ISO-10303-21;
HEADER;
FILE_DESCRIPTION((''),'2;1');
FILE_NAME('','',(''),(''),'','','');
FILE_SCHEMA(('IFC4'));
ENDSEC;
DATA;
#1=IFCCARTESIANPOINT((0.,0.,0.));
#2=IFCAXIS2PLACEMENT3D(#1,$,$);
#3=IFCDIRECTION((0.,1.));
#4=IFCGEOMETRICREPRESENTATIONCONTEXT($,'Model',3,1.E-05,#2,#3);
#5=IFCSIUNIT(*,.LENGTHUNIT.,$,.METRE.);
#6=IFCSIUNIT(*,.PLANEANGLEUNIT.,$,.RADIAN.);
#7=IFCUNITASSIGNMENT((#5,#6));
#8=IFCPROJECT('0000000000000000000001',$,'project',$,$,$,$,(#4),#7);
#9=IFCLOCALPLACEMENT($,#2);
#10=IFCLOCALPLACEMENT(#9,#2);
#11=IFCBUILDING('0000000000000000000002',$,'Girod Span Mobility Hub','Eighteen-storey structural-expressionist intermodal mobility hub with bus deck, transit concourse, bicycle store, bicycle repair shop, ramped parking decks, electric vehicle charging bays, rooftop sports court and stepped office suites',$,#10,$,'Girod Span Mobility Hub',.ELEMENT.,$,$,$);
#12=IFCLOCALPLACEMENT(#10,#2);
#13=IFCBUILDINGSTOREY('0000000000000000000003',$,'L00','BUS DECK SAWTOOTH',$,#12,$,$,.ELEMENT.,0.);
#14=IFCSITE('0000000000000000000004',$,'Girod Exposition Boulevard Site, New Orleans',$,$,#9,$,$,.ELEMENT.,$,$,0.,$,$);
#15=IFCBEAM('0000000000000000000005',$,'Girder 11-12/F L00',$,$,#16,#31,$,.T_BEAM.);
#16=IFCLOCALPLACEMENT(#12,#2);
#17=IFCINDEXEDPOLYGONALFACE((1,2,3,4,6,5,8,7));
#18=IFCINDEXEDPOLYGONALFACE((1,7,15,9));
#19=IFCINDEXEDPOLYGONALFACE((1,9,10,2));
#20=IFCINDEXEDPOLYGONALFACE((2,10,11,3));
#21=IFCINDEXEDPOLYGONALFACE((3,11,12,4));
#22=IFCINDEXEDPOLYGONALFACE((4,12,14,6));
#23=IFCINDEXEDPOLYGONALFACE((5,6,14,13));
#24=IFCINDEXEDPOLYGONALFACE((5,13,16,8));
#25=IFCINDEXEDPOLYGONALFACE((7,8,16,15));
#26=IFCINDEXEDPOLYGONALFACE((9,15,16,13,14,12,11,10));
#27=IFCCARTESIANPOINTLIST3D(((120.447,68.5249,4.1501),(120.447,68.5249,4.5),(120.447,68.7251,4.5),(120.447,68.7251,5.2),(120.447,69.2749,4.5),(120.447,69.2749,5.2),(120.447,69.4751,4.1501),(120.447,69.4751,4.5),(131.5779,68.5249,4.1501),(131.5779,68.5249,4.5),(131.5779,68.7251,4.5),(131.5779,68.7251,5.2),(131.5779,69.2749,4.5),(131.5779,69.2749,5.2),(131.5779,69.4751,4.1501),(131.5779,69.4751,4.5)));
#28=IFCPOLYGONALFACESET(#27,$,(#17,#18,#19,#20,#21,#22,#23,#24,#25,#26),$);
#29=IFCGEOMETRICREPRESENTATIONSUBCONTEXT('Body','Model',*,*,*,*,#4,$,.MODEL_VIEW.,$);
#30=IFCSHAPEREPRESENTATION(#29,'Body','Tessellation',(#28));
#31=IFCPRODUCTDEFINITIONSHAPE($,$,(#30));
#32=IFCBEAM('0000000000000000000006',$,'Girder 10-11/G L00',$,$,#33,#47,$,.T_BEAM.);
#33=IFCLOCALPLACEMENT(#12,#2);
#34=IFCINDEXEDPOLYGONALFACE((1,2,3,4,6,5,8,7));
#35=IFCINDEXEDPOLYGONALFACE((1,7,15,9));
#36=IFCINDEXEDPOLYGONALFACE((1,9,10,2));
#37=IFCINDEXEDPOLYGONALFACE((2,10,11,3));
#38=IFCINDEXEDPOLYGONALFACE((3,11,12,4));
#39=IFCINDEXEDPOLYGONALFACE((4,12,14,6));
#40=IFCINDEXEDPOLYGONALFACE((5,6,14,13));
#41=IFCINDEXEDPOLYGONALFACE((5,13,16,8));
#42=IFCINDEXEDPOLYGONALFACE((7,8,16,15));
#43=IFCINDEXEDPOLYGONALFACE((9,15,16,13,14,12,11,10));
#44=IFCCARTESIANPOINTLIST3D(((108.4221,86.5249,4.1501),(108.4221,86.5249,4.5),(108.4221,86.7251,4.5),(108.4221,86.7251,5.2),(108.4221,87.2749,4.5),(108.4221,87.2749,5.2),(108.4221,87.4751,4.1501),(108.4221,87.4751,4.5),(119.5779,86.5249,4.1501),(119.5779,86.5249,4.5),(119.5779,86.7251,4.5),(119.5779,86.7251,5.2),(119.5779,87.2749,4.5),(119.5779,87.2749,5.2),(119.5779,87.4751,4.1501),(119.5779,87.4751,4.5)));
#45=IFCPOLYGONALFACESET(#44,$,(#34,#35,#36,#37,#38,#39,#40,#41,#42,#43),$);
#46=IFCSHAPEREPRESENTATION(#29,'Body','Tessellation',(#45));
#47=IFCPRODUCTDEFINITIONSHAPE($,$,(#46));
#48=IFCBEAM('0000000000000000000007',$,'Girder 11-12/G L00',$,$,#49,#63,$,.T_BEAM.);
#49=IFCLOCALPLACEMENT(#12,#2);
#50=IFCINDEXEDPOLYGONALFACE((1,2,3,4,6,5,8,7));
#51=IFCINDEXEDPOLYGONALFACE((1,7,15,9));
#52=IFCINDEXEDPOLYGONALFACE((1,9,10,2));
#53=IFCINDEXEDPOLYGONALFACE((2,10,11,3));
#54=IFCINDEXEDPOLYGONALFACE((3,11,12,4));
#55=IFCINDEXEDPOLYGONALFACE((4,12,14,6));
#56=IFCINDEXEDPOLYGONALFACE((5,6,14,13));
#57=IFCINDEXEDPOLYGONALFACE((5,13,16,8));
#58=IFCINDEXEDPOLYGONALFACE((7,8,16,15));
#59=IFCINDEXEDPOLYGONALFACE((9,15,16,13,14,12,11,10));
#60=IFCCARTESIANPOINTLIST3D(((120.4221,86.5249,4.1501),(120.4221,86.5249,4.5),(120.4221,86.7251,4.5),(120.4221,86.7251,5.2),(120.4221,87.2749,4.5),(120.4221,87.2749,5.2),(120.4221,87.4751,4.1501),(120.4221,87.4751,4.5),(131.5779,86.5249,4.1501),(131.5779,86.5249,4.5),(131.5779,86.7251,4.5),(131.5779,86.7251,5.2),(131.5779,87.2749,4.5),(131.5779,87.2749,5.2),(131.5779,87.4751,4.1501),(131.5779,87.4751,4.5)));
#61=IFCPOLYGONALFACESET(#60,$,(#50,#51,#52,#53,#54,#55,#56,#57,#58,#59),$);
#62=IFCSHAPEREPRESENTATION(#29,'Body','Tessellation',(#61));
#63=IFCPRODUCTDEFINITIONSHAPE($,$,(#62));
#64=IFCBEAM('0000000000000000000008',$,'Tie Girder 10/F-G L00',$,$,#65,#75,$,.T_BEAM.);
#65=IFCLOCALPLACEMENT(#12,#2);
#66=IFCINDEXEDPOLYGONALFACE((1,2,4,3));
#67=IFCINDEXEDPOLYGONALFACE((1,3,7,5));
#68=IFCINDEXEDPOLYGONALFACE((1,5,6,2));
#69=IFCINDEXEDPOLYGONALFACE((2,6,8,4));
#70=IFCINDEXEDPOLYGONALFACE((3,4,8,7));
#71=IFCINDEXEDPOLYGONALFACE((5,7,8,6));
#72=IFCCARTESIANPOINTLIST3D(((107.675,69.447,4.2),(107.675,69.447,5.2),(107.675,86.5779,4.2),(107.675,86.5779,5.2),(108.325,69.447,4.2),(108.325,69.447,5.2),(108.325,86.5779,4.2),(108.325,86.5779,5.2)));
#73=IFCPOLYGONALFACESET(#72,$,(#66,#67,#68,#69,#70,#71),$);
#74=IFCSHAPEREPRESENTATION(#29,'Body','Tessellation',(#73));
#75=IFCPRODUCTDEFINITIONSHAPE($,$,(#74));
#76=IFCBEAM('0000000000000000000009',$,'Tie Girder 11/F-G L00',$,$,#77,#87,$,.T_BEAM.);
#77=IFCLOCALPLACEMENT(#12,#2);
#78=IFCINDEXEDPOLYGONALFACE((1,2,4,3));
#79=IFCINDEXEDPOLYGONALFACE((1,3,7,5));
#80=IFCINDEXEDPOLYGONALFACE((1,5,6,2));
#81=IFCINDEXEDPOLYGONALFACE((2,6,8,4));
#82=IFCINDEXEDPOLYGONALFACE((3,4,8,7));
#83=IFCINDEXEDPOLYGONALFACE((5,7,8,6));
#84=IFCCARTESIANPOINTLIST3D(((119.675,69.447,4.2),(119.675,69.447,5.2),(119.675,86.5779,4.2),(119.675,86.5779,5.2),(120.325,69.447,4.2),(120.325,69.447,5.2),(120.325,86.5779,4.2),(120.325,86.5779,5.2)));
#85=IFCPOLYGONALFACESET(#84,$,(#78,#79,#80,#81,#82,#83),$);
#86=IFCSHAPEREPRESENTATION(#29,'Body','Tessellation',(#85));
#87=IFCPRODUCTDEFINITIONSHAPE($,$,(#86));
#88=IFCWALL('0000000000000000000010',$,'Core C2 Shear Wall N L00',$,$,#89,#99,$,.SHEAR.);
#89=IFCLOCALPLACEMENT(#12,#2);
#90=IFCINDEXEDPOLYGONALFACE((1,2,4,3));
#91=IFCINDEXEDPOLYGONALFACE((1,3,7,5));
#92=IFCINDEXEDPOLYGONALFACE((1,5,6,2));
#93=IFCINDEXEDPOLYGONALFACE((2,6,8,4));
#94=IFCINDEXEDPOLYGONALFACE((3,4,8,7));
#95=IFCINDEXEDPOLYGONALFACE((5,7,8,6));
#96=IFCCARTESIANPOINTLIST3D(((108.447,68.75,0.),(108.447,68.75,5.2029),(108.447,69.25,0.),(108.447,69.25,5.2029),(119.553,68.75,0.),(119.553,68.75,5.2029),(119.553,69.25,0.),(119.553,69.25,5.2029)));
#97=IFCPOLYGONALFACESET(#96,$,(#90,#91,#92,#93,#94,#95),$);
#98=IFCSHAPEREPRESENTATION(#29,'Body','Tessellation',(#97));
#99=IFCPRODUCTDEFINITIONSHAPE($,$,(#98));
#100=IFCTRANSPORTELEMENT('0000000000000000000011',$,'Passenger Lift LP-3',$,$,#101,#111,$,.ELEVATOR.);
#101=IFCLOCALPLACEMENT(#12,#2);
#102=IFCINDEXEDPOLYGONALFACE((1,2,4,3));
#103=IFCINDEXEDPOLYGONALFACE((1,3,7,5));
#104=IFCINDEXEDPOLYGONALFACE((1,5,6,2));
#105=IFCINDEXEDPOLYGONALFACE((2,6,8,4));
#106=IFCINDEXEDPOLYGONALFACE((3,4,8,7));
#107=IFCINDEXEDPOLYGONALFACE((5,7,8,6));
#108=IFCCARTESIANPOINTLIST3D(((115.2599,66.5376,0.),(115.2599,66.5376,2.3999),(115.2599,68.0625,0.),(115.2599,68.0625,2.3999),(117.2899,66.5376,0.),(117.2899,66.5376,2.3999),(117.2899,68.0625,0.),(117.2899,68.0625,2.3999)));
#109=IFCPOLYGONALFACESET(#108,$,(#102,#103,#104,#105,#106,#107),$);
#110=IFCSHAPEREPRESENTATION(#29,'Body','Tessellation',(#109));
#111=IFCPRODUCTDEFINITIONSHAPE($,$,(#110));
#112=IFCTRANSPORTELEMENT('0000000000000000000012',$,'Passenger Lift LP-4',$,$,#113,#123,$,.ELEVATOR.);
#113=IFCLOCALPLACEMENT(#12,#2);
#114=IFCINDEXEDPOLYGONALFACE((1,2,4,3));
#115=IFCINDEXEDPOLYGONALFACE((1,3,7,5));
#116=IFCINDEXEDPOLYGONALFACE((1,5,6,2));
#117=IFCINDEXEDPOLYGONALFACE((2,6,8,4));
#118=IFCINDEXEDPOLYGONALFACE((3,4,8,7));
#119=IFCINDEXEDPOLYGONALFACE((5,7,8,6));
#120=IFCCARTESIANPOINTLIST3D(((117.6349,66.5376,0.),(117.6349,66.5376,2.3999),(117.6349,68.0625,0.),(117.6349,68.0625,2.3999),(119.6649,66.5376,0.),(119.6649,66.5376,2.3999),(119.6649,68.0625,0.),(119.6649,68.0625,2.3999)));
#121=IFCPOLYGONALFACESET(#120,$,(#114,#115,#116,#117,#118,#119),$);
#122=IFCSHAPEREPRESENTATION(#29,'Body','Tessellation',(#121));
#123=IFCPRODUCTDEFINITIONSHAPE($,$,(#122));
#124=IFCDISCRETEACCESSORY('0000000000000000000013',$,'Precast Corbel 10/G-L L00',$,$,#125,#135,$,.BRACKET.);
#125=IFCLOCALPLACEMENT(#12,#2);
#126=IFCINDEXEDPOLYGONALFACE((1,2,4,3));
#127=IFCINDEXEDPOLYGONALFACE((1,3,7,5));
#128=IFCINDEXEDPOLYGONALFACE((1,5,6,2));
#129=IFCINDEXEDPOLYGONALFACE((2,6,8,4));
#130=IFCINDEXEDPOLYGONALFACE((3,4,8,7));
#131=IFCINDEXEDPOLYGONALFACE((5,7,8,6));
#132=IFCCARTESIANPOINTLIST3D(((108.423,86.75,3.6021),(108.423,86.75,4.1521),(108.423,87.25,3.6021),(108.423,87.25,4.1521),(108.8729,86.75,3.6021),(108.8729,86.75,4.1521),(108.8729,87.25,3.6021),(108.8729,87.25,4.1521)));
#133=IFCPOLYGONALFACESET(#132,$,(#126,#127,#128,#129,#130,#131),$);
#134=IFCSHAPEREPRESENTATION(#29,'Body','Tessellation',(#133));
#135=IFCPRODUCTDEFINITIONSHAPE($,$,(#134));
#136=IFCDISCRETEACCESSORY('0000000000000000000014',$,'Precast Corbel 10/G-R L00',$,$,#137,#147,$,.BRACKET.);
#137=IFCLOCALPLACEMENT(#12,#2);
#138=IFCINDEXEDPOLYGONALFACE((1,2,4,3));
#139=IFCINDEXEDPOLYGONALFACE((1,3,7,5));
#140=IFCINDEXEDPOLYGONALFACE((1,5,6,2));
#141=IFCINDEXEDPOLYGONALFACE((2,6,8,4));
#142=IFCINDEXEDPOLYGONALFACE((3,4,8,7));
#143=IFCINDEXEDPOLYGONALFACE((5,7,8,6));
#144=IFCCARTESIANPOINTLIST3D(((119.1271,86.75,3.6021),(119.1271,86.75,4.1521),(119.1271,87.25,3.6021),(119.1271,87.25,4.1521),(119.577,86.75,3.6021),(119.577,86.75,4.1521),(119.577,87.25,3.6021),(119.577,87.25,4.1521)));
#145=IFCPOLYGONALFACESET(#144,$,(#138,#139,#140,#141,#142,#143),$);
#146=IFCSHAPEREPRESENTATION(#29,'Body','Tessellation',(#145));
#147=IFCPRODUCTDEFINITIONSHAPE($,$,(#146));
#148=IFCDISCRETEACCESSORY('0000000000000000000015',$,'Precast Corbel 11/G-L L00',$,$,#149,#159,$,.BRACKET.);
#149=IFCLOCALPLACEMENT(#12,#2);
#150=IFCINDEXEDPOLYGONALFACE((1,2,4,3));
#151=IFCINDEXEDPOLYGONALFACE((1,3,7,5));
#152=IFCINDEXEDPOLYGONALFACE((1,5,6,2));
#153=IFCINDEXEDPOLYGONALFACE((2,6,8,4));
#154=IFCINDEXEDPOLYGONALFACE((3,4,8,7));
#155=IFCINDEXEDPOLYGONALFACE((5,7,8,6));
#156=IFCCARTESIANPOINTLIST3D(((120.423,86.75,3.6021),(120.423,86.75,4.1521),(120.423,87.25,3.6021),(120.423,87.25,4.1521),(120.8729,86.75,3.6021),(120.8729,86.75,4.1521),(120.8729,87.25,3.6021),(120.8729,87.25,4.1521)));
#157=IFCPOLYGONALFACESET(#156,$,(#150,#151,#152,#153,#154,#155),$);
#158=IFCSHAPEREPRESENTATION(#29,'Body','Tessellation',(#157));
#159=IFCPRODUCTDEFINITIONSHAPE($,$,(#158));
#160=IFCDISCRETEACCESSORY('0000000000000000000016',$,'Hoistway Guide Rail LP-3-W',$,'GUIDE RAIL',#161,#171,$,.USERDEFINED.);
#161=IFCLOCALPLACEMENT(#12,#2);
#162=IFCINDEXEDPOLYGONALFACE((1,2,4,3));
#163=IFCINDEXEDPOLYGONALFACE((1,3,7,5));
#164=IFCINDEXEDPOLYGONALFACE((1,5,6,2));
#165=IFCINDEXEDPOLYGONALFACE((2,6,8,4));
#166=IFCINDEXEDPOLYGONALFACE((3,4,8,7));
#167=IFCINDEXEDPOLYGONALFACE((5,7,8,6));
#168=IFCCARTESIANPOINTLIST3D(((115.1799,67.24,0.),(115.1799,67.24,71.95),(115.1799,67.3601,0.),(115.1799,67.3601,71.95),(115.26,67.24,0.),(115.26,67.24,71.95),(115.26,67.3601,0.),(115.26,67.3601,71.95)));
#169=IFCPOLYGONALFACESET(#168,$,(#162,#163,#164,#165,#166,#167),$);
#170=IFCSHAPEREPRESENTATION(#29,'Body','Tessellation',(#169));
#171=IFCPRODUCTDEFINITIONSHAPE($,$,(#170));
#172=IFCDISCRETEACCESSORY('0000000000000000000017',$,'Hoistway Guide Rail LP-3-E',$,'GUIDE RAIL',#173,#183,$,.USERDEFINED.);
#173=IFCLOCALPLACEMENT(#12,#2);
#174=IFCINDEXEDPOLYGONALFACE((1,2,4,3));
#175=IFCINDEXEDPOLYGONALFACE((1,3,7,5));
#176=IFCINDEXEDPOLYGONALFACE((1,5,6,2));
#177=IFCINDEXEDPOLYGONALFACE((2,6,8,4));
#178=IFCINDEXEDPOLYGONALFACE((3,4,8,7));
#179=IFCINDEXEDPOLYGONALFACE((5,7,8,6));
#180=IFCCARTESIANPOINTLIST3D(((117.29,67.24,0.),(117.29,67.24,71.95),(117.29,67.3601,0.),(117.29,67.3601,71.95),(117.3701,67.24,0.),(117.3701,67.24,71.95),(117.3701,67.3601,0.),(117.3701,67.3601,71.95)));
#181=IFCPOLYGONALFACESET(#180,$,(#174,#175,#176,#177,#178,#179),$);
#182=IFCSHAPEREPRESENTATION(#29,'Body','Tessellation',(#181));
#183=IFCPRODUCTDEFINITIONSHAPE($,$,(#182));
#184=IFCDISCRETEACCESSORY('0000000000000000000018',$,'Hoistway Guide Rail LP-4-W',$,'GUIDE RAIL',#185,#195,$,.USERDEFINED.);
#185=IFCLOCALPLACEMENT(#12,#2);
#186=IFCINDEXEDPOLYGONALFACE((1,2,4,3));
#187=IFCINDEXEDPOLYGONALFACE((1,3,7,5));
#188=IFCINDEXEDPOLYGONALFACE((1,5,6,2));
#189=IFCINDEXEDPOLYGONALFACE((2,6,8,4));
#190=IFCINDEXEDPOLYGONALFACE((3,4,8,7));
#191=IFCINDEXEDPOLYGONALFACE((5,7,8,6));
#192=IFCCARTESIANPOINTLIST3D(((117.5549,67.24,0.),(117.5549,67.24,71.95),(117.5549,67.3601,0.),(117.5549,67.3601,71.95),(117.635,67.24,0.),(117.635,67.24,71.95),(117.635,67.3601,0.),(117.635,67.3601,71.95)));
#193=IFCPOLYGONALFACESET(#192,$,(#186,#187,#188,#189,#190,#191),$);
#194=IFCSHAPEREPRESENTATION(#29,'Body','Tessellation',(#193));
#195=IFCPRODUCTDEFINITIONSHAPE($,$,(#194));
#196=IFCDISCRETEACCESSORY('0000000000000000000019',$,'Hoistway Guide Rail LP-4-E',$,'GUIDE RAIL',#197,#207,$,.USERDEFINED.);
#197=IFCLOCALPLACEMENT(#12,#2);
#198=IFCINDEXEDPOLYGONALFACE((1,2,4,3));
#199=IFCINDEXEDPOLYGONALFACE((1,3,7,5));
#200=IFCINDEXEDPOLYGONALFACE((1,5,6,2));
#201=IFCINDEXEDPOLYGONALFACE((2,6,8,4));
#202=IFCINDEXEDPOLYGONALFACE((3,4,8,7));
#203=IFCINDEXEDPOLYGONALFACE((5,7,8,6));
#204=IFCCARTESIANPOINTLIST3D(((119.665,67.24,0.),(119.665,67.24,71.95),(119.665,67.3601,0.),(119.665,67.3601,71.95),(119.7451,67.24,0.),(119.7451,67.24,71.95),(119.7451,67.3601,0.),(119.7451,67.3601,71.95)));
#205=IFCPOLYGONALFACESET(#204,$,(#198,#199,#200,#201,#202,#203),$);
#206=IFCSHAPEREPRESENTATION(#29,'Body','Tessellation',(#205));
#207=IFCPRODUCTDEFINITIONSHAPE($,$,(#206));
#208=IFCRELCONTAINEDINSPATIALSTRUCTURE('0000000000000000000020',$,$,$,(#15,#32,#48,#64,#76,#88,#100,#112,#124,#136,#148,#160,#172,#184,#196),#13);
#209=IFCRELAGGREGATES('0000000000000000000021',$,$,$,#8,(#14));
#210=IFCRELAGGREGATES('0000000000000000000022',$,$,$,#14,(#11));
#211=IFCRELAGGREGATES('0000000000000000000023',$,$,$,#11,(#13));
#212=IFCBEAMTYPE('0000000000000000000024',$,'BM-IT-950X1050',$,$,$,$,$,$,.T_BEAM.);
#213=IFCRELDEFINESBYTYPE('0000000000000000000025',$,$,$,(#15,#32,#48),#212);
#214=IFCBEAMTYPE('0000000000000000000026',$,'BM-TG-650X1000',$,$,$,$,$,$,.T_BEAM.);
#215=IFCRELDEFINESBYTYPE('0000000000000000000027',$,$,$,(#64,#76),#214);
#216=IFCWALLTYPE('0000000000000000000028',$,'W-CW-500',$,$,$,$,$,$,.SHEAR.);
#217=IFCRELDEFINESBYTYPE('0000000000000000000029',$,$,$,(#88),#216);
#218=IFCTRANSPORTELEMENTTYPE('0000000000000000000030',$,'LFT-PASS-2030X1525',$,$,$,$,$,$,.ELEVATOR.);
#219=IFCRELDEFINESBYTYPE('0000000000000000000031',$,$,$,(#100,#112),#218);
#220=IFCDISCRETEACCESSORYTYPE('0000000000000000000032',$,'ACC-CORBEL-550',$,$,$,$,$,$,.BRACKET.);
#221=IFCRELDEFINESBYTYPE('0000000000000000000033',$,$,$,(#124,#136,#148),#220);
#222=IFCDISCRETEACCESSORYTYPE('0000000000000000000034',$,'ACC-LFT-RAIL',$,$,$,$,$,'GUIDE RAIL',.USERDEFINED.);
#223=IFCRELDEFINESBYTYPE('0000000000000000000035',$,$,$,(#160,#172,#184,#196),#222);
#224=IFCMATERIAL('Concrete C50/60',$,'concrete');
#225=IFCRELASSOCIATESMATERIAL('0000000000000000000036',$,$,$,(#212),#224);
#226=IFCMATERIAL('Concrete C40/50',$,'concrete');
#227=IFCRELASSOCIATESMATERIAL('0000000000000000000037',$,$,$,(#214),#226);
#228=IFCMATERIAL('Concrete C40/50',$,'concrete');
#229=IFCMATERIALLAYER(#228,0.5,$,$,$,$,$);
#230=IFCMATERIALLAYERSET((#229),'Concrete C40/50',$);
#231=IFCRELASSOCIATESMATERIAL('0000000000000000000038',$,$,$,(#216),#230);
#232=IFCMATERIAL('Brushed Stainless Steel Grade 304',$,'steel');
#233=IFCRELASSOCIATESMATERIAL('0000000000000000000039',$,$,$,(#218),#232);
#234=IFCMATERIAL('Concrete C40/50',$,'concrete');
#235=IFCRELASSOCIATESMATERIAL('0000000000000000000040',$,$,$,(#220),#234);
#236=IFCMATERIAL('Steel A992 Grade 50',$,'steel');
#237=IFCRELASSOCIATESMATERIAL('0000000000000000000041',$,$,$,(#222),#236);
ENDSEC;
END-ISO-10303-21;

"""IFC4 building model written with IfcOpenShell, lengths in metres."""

from ifc_helpers import new_model, si_unit, direction, frame, frame_2d, origin, origin_2d, place, context, subcontext, project, spatial, polyline, rectangle, outline, extrude, material, layer, layer_set, material_profile, profile_set, type_object, element, save


model = new_model("IFC4")

# Units and contexts
model_context = context("Model", 3, precision=1e-05, world=origin(), true_north=direction((0.0, 1.0)))
body_context = subcontext(model_context, "Body", "Model", "MODEL_VIEW")
ifc_project = project(units=[si_unit("LENGTHUNIT", "METRE"), si_unit("PLANEANGLEUNIT", "RADIAN")], contexts=[model_context])

# Site, building, storey
site_placement = place(None, origin())
site = spatial("IfcSite", under=ifc_project, at=site_placement, Name="Girod Exposition Boulevard Site, New Orleans", CompositionType="ELEMENT", RefElevation=0.0)
building_placement = place(site_placement, origin())
building = spatial("IfcBuilding", under=site, at=building_placement, Name="Girod Span Mobility Hub", Description="Eighteen-storey structural-expressionist intermodal mobility hub with bus deck, transit concourse, bicycle store, bicycle repair shop, ramped parking decks, electric vehicle charging bays, rooftop sports court and stepped office suites", LongName="Girod Span Mobility Hub", CompositionType="ELEMENT")
storey_placement = place(building_placement, origin())
storey = spatial("IfcBuildingStorey", under=building, at=storey_placement, Name="L00", Description="BUS DECK SAWTOOTH", CompositionType="ELEMENT", Elevation=0.0)

# Beams
ifc_material_1 = material(Name="Concrete C50/60", Category="concrete")
ifc_material_profile_1 = material_profile(ifc_material_1, outline(polyline([(-0.4751, -0.5249), (0.4751, -0.5249), (0.4751, -0.175), (0.2749, -0.175), (0.2749, 0.5249), (-0.2749, 0.5249), (-0.2749, -0.175), (-0.4751, -0.175), (-0.4751, -0.5249)])), Name="IT-950X1050")
ifc_profile_set_1 = profile_set([ifc_material_profile_1], Name="Concrete C50/60")
beam_type_1 = type_object("IfcBeamType", Name="BM-IT-950X1050", PredefinedType="T_BEAM", material=ifc_profile_set_1)
beam_placement = place(storey_placement, frame((120.447, 69.0, 4.675), z_axis=(1.0, 0.0, 0.0), x_axis=(0.0, 1.0, 0.0)))
element("IfcBeam", 1, at=beam_placement, inside=storey, type_object=beam_type_1, Name="Girder 11-12/F L00", PredefinedType="T_BEAM", context=body_context, shape_type="SweptSolid", body=[
    extrude(outline(polyline([(-0.4751, -0.5249), (0.4751, -0.5249), (0.4751, -0.175), (0.2749, -0.175), (0.2749, 0.5249), (-0.2749, 0.5249), (-0.2749, -0.175), (-0.4751, -0.175), (-0.4751, -0.5249)])), origin(), (0.0, 0.0, 1.0), 11.1309),
])
for number, where, z_axis, x_axis, name in (
    (2, (108.4221, 87.0, 4.675), (1.0, 0.0, 0.0), (0.0, 1.0, 0.0), "Girder 10-11/G L00"),
    (3, (120.4221, 87.0, 4.675), (1.0, 0.0, 0.0), (0.0, 1.0, 0.0), "Girder 11-12/G L00"),
):
    element("IfcBeam", number, at=place(storey_placement, frame(where, z_axis=z_axis, x_axis=x_axis)), inside=storey, type_object=beam_type_1, Name=name, PredefinedType="T_BEAM", context=body_context, shape_type="SweptSolid", body=[
        extrude(outline(polyline([(-0.4751, -0.5249), (0.4751, -0.5249), (0.4751, -0.175), (0.2749, -0.175), (0.2749, 0.5249), (-0.2749, 0.5249), (-0.2749, -0.175), (-0.4751, -0.175), (-0.4751, -0.5249)])), origin(), (0.0, 0.0, 1.0), 11.1558),
    ])
ifc_material_2 = material(Name="Concrete C40/50", Category="concrete")
ifc_material_profile_2 = material_profile(ifc_material_2, rectangle(XDim=0.6499, YDim=1.0, at=origin_2d()), Name="TG-650X1000")
ifc_profile_set_2 = profile_set([ifc_material_profile_2], Name="Concrete C40/50")
beam_type_2 = type_object("IfcBeamType", Name="BM-TG-650X1000", PredefinedType="T_BEAM", material=ifc_profile_set_2)
for number, where, z_axis, x_axis, name in (
    (4, (108.0, 69.447, 4.7), (0.0, 1.0, 0.0), (-1.0, 0.0, 0.0), "Tie Girder 10/F-G L00"),
    (5, (120.0, 69.447, 4.7), (0.0, 1.0, 0.0), (-1.0, 0.0, 0.0), "Tie Girder 11/F-G L00"),
):
    element("IfcBeam", number, at=place(storey_placement, frame(where, z_axis=z_axis, x_axis=x_axis)), inside=storey, type_object=beam_type_2, Name=name, PredefinedType="T_BEAM", context=body_context, shape_type="SweptSolid", body=[
        extrude(rectangle(XDim=0.6499, YDim=1.0, at=origin_2d()), origin(), (0.0, 0.0, 1.0), 17.1309),
    ])

# Wall
ifc_material_3 = material(Name="Concrete C40/50", Category="concrete")
ifc_layer = layer(ifc_material_3, 0.5)
ifc_layer_set = layer_set([ifc_layer], Name="Concrete C40/50")
wall_type = type_object("IfcWallType", Name="W-CW-500", PredefinedType="SHEAR", material=ifc_layer_set)
wall_placement = place(storey_placement, frame((108.447, 69.0, 0.0), z_axis=(0.0, 0.0, 1.0), x_axis=(1.0, 0.0, 0.0)))
element("IfcWall", 6, at=wall_placement, inside=storey, type_object=wall_type, Name="Core C2 Shear Wall N L00", PredefinedType="SHEAR", context=body_context, shape_type="SweptSolid", body=[
    extrude(rectangle(XDim=11.106, YDim=0.5, at=frame_2d((5.553, 0.0))), origin(), (0.0, 0.0, 1.0), 5.2029),
])

# Transport elements
ifc_material_4 = material(Name="Brushed Stainless Steel Grade 304", Category="steel")
transport_element_type = type_object("IfcTransportElementType", Name="LFT-PASS-2030X1525", PredefinedType="ELEVATOR", material=ifc_material_4)
for number, where, z_axis, x_axis, name in (
    (7, (116.2749, 67.3, 0.0), (0.0, 0.0, 1.0), (1.0, 0.0, 0.0), "Passenger Lift LP-3"),
    (8, (118.6499, 67.3, 0.0), (0.0, 0.0, 1.0), (1.0, 0.0, 0.0), "Passenger Lift LP-4"),
):
    element("IfcTransportElement", number, at=place(storey_placement, frame(where, z_axis=z_axis, x_axis=x_axis)), inside=storey, type_object=transport_element_type, Name=name, PredefinedType="ELEVATOR", context=body_context, shape_type="SweptSolid", body=[
        extrude(rectangle(XDim=2.03, YDim=1.5249, at=origin_2d()), origin(), (0.0, 0.0, 1.0), 2.3999),
    ])

# Discrete accessories
ifc_material_5 = material(Name="Concrete C40/50", Category="concrete")
discrete_accessory_type_1 = type_object("IfcDiscreteAccessoryType", Name="ACC-CORBEL-550", PredefinedType="BRACKET", material=ifc_material_5)
for number, where, z_axis, x_axis, name in (
    (9, (108.6479, 87.0, 3.6021), (0.0, 0.0, 1.0), (1.0, 0.0, 0.0), "Precast Corbel 10/G-L L00"),
    (10, (119.3521, 87.0, 3.6021), (0.0, 0.0, 1.0), (1.0, 0.0, 0.0), "Precast Corbel 10/G-R L00"),
    (11, (120.6479, 87.0, 3.6021), (0.0, 0.0, 1.0), (1.0, 0.0, 0.0), "Precast Corbel 11/G-L L00"),
):
    element("IfcDiscreteAccessory", number, at=place(storey_placement, frame(where, z_axis=z_axis, x_axis=x_axis)), inside=storey, type_object=discrete_accessory_type_1, Name=name, PredefinedType="BRACKET", context=body_context, shape_type="SweptSolid", body=[
        extrude(rectangle(XDim=0.45, YDim=0.5, at=origin_2d()), origin(), (0.0, 0.0, 1.0), 0.55),
    ])
ifc_material_6 = material(Name="Steel A992 Grade 50", Category="steel")
discrete_accessory_type_2 = type_object("IfcDiscreteAccessoryType", Name="ACC-LFT-RAIL", ElementType="GUIDE RAIL", PredefinedType="USERDEFINED", material=ifc_material_6)
for number, where, z_axis, x_axis, name in (
    (12, (115.22, 67.3, 0.0), (0.0, 0.0, 1.0), (1.0, 0.0, 0.0), "Hoistway Guide Rail LP-3-W"),
    (13, (117.3301, 67.3, 0.0), (0.0, 0.0, 1.0), (1.0, 0.0, 0.0), "Hoistway Guide Rail LP-3-E"),
    (14, (117.595, 67.3, 0.0), (0.0, 0.0, 1.0), (1.0, 0.0, 0.0), "Hoistway Guide Rail LP-4-W"),
    (15, (119.7051, 67.3, 0.0), (0.0, 0.0, 1.0), (1.0, 0.0, 0.0), "Hoistway Guide Rail LP-4-E"),
):
    element("IfcDiscreteAccessory", number, at=place(storey_placement, frame(where, z_axis=z_axis, x_axis=x_axis)), inside=storey, type_object=discrete_accessory_type_2, Name=name, ObjectType="GUIDE RAIL", PredefinedType="USERDEFINED", context=body_context, shape_type="SweptSolid", body=[
        extrude(rectangle(XDim=0.0801, YDim=0.1201, at=origin_2d()), origin(), (0.0, 0.0, 1.0), 71.95),
    ])

save(model, "model.ifc")
